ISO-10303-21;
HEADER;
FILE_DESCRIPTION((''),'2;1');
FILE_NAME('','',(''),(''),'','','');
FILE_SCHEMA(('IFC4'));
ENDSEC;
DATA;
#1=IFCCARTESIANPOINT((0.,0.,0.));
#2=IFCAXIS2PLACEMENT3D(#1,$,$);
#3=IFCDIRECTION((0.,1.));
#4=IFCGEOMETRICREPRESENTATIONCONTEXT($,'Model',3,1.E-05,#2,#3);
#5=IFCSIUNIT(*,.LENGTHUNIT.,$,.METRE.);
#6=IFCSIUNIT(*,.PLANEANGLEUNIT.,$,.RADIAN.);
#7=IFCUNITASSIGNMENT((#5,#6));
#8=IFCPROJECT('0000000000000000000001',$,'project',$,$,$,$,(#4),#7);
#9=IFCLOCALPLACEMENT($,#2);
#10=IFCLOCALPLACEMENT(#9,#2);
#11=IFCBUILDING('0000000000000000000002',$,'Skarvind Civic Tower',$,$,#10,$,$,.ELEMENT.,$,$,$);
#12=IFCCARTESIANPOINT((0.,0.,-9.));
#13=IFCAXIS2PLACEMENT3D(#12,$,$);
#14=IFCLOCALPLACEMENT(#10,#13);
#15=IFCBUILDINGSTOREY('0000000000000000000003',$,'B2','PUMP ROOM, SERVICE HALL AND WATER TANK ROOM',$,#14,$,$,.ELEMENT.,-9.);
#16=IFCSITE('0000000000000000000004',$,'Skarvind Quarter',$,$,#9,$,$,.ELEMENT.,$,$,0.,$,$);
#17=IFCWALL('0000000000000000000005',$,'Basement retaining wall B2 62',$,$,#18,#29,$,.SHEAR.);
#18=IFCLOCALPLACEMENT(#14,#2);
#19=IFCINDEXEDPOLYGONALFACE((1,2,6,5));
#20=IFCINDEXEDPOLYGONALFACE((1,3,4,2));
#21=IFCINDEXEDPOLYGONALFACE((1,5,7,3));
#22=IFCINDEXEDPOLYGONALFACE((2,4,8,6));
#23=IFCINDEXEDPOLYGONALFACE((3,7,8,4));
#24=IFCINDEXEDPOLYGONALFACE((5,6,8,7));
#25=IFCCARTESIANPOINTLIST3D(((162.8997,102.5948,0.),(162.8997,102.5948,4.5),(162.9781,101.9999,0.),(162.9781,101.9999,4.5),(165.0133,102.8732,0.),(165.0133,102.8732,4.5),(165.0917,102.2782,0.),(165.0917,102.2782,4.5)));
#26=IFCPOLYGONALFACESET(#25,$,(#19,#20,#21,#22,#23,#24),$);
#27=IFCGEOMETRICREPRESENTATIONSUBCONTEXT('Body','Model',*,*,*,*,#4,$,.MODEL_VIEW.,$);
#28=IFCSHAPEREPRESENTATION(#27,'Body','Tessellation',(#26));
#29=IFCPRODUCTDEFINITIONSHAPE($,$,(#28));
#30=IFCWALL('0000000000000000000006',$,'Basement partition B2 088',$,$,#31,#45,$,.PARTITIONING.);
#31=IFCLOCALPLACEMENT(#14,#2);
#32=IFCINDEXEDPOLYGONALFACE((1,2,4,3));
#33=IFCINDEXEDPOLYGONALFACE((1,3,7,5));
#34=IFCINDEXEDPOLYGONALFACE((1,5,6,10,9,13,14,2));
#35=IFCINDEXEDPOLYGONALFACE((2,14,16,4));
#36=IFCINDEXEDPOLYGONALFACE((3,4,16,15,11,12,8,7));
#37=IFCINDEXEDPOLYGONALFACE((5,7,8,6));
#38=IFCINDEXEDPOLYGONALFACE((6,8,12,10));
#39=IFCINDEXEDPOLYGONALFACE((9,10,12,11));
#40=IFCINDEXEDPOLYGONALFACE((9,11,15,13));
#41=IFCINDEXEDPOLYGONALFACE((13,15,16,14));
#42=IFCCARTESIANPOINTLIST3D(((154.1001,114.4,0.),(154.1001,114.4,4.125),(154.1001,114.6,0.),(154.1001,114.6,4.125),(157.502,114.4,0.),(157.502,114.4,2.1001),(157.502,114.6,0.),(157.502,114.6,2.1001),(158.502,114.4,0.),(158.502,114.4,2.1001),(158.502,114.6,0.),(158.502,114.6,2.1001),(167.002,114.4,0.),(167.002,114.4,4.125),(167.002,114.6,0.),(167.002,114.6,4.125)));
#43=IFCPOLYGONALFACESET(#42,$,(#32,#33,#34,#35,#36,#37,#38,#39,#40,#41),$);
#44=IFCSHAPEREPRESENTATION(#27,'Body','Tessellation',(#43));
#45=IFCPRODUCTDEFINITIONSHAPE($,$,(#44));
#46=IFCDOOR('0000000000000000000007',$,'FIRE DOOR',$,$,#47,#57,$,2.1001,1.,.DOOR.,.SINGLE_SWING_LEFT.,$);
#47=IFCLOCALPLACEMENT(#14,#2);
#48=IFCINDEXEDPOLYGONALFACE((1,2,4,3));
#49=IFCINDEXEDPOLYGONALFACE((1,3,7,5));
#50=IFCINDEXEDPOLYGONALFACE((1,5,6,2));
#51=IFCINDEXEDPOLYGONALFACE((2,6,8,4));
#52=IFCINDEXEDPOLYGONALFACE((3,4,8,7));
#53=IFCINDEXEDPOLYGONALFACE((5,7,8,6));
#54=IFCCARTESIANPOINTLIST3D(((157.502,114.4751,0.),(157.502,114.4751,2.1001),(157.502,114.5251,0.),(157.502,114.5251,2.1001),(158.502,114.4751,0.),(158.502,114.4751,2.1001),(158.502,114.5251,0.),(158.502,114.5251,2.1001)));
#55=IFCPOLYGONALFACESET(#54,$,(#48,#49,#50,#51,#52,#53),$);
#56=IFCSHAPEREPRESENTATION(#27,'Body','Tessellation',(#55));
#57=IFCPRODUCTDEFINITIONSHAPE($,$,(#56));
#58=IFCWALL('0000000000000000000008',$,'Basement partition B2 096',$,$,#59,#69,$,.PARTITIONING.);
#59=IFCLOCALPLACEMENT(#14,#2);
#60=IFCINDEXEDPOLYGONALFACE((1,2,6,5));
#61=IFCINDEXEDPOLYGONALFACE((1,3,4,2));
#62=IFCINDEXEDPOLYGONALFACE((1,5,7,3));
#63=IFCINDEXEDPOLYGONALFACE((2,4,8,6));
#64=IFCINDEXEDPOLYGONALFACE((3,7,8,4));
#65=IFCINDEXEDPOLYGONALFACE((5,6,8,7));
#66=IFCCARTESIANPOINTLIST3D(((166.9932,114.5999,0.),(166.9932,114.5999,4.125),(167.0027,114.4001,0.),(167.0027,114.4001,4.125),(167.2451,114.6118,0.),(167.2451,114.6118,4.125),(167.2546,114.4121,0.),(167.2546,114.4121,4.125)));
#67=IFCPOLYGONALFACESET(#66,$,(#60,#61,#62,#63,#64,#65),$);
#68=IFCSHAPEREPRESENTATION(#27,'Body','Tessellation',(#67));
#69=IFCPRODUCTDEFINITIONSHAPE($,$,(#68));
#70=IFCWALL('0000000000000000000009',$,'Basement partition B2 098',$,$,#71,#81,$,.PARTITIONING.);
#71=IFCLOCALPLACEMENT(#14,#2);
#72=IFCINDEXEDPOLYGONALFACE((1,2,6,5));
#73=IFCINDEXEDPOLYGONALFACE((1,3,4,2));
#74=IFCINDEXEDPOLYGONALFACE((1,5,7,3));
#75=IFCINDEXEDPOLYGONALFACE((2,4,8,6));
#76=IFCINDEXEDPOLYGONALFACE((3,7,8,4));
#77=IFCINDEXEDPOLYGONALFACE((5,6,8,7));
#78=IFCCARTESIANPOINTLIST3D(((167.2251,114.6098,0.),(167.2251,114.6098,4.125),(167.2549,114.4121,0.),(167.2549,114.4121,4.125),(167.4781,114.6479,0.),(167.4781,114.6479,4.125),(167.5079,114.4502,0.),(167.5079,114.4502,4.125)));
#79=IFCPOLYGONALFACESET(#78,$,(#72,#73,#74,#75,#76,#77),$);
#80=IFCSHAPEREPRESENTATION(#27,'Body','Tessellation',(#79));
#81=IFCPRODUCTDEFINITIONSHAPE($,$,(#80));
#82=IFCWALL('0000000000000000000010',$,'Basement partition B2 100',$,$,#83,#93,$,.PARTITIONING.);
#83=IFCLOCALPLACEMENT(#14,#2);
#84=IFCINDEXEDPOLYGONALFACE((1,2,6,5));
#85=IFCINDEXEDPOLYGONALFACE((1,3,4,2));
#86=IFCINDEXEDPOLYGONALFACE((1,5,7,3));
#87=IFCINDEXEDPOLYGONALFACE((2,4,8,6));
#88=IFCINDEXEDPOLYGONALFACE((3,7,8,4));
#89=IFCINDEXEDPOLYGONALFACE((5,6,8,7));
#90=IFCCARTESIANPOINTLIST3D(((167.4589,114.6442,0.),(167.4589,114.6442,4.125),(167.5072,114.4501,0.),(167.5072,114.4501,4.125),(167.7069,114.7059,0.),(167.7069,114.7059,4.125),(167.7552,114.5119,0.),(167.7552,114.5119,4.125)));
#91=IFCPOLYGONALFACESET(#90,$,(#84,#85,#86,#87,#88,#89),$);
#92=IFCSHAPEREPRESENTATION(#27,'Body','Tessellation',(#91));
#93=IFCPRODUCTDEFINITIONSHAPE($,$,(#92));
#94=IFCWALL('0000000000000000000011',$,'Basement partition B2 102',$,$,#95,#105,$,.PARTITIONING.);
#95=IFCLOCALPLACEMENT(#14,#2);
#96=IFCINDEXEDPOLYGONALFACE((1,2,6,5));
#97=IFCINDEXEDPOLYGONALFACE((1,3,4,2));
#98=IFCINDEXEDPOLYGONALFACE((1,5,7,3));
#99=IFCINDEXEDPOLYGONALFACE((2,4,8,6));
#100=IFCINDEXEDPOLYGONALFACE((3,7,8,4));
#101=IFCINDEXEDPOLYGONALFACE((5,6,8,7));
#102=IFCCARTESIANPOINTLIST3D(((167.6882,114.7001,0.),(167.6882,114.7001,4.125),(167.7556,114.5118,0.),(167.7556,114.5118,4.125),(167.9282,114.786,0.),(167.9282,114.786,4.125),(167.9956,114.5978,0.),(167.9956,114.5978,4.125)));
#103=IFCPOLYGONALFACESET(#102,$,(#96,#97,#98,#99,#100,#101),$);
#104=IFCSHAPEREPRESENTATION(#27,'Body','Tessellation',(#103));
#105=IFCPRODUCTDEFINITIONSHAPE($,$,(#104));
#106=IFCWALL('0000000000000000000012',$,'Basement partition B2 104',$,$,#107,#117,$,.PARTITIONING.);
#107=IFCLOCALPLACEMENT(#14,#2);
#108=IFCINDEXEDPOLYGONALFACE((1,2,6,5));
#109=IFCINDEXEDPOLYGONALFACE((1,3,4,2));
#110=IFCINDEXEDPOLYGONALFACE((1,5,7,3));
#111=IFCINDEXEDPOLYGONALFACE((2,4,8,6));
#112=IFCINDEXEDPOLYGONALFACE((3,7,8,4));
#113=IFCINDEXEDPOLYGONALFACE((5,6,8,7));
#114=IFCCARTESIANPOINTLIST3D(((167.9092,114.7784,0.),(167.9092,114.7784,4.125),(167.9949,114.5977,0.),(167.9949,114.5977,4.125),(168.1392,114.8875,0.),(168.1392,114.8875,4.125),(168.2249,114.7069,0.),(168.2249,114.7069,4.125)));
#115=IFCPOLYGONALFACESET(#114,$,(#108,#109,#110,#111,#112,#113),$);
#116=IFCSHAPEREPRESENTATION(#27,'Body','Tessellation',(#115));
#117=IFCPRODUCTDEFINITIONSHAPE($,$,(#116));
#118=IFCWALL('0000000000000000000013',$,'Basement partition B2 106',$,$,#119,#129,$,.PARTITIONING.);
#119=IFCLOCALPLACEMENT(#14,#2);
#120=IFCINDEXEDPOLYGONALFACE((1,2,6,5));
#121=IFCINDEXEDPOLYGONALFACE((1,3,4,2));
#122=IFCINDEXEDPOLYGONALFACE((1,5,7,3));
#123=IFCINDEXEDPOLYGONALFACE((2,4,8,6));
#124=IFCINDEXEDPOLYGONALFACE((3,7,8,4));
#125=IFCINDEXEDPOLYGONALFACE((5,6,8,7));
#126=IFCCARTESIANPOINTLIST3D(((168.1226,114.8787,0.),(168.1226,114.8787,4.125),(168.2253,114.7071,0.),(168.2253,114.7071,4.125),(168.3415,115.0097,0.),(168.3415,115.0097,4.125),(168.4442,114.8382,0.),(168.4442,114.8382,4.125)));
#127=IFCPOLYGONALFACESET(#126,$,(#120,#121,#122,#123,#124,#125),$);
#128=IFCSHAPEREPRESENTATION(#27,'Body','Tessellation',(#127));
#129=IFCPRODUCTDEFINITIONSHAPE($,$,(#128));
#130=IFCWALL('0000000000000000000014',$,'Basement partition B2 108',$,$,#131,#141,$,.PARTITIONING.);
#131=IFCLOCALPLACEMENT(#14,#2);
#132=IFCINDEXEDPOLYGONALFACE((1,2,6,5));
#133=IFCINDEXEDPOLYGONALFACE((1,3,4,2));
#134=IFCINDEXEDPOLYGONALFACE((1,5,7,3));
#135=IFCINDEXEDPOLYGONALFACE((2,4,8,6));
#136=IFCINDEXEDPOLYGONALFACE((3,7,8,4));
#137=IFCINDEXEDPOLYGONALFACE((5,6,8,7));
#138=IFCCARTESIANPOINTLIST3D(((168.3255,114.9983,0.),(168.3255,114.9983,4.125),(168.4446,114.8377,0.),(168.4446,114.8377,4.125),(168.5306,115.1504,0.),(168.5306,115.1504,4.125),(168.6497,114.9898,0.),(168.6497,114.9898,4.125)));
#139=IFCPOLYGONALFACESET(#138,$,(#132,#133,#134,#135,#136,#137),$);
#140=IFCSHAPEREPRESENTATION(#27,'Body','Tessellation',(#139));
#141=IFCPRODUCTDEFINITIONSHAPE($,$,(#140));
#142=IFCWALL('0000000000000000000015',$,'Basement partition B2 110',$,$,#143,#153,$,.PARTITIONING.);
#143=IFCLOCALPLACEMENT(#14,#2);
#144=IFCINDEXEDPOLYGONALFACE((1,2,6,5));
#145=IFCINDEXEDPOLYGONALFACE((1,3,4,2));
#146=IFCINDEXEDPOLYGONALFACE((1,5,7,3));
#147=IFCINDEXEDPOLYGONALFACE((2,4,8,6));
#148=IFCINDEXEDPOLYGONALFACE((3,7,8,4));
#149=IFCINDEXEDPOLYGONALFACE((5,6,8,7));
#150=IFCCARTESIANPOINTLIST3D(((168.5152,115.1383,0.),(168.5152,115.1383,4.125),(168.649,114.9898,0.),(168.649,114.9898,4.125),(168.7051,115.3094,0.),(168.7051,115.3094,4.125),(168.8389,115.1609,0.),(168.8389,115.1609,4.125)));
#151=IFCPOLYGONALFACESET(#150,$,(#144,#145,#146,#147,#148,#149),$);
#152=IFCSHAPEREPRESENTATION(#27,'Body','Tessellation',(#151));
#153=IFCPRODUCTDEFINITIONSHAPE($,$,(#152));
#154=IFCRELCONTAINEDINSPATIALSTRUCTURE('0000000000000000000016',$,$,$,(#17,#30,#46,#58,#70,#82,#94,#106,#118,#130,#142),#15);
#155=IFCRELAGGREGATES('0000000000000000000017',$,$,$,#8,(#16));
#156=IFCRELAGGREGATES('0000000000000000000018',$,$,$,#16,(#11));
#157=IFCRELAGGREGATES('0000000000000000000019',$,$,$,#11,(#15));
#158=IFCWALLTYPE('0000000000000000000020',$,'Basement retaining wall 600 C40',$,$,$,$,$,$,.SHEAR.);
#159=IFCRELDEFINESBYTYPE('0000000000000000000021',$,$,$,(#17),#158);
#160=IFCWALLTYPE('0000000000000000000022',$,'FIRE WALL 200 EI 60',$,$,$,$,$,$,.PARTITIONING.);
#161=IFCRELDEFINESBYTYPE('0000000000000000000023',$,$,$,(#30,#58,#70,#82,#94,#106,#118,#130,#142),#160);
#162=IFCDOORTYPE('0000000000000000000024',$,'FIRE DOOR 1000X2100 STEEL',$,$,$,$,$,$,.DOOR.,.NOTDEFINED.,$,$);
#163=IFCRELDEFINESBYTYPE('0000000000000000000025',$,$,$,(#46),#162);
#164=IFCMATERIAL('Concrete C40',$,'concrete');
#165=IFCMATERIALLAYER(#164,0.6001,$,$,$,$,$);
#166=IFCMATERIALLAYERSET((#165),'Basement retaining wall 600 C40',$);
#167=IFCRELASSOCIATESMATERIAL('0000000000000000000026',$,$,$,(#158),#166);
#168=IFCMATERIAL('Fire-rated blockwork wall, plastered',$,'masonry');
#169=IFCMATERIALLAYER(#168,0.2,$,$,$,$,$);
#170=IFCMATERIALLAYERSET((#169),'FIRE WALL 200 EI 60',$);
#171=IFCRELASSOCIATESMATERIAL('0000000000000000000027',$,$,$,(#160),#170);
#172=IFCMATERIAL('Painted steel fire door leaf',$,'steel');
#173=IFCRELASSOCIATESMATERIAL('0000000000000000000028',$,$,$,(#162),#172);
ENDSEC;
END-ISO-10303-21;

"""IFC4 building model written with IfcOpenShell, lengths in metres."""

from ifc_helpers import new_model, si_unit, direction, frame, frame_2d, origin, place, context, subcontext, project, spatial, rectangle, extrude, material, layer, layer_set, type_object, element, fill, save


model = new_model("IFC4")

# Units and contexts
model_context = context("Model", 3, precision=1e-05, world=origin(), true_north=direction((0.0, 1.0)))
body_context = subcontext(model_context, "Body", "Model", "MODEL_VIEW")
ifc_project = project(units=[si_unit("LENGTHUNIT", "METRE"), si_unit("PLANEANGLEUNIT", "RADIAN")], contexts=[model_context])

# Site, building, storey
site_placement = place(None, origin())
site = spatial("IfcSite", under=ifc_project, at=site_placement, Name="Skarvind Quarter", CompositionType="ELEMENT", RefElevation=0.0)
building_placement = place(site_placement, origin())
building = spatial("IfcBuilding", under=site, at=building_placement, Name="Skarvind Civic Tower", CompositionType="ELEMENT")
storey_placement = place(building_placement, frame((0.0, 0.0, -9.0)))
storey = spatial("IfcBuildingStorey", under=building, at=storey_placement, Name="B2", Description="PUMP ROOM, SERVICE HALL AND WATER TANK ROOM", CompositionType="ELEMENT", Elevation=-9.0)

# Shared definitions
ifc_material_1 = material(Name="Concrete C40", Category="concrete")

# Wall
ifc_layer_1 = layer(ifc_material_1, 0.6001)
ifc_layer_set_1 = layer_set([ifc_layer_1], Name="Basement retaining wall 600 C40")
wall_type_1 = type_object("IfcWallType", Name="Basement retaining wall 600 C40", PredefinedType="SHEAR", material=ifc_layer_set_1)
wall_1_placement = place(storey_placement, frame((165.0525, 102.5757, 0.0), z_axis=(0.0, 0.0, 1.0), x_axis=(-0.991441, -0.130558, 0.0)))
element("IfcWall", 1, at=wall_1_placement, inside=storey, type_object=wall_type_1, Name="Basement retaining wall B2 62", PredefinedType="SHEAR", context=body_context, shape_type="SweptSolid", body=[
    extrude(rectangle(XDim=2.1318, YDim=0.6001, at=frame_2d((1.0659, 0.0))), origin(), (0.0, 0.0, 1.0), 4.5),
])

# Wall, opening, door
ifc_material_2 = material(Name="Fire-rated blockwork wall, plastered", Category="masonry")
ifc_layer_2 = layer(ifc_material_2, 0.2)
ifc_layer_set_2 = layer_set([ifc_layer_2], Name="FIRE WALL 200 EI 60")
wall_type_2 = type_object("IfcWallType", Name="FIRE WALL 200 EI 60", PredefinedType="PARTITIONING", material=ifc_layer_set_2)
wall_2_placement = place(storey_placement, frame((167.002, 114.5, 0.0), z_axis=(0.0, 0.0, 1.0), x_axis=(-1.0, 0.0, 0.0)))
wall_2 = element("IfcWall", 2, at=wall_2_placement, inside=storey, type_object=wall_type_2, Name="Basement partition B2 088", PredefinedType="PARTITIONING", context=body_context, shape_type="SweptSolid", body=[
    extrude(rectangle(XDim=12.9019, YDim=0.2, at=frame_2d((6.4509, 0.0))), origin(), (0.0, 0.0, 1.0), 4.125),
])
opening_placement = place(wall_2_placement, frame((8.5, 0.0, 0.0)))
opening = element("IfcOpeningElement", 3, at=opening_placement, cuts=wall_2, PredefinedType="OPENING", context=body_context, shape_type="SweptSolid", body=[
    extrude(rectangle(XDim=1.0, YDim=2.1001, at=frame_2d((0.5, 1.05))), frame((0.0, 0.1099, 0.0), z_axis=(0.0, -1.0, 0.0), x_axis=(1.0, 0.0, 0.0)), (0.0, 0.0, 1.0), 0.22),
])
ifc_material_3 = material(Name="Painted steel fire door leaf", Category="steel")
door_type = type_object("IfcDoorType", Name="FIRE DOOR 1000X2100 STEEL", OperationType="NOTDEFINED", PredefinedType="DOOR", material=ifc_material_3)
door_placement = place(opening_placement, origin())
door = element("IfcDoor", 4, at=door_placement, inside=storey, type_object=door_type, Name="FIRE DOOR", OperationType="SINGLE_SWING_LEFT", OverallHeight=2.1001, OverallWidth=1.0, PredefinedType="DOOR", context=body_context, shape_type="SweptSolid", body=[
    extrude(rectangle(XDim=1.0, YDim=2.1001, at=frame_2d((0.5, 1.05))), frame((0.0, 0.0249, 0.0), z_axis=(0.0, -1.0, 0.0), x_axis=(1.0, 0.0, 0.0)), (0.0, 0.0, 1.0), 0.05),
])
fill(opening, door)

# Walls
wall_3_placement = place(storey_placement, frame((166.998, 114.5, 0.0), z_axis=(0.0, 0.0, 1.0), x_axis=(0.998875, 0.047427, 0.0)))
element("IfcWall", 5, at=wall_3_placement, inside=storey, type_object=wall_type_2, Name="Basement partition B2 096", PredefinedType="PARTITIONING", context=body_context, shape_type="SweptSolid", body=[
    extrude(rectangle(XDim=0.2522, YDim=0.2, at=frame_2d((0.126, 0.0))), origin(), (0.0, 0.0, 1.0), 4.125),
])
wall_4_placement = place(storey_placement, frame((167.24, 114.511, 0.0), z_axis=(0.0, 0.0, 1.0), x_axis=(0.988852, 0.148901, 0.0)))
element("IfcWall", 6, at=wall_4_placement, inside=storey, type_object=wall_type_2, Name="Basement partition B2 098", PredefinedType="PARTITIONING", context=body_context, shape_type="SweptSolid", body=[
    extrude(rectangle(XDim=0.2559, YDim=0.2, at=frame_2d((0.1279, 0.0))), origin(), (0.0, 0.0, 1.0), 4.125),
])
wall_5_placement = place(storey_placement, frame((167.4829, 114.5471, 0.0), z_axis=(0.0, 0.0, 1.0), x_axis=(0.970367, 0.241637, 0.0)))
element("IfcWall", 7, at=wall_5_placement, inside=storey, type_object=wall_type_2, Name="Basement partition B2 100", PredefinedType="PARTITIONING", context=body_context, shape_type="SweptSolid", body=[
    extrude(rectangle(XDim=0.2556, YDim=0.2, at=frame_2d((0.1279, 0.0))), origin(), (0.0, 0.0, 1.0), 4.125),
])
wall_6_placement = place(storey_placement, frame((167.7219, 114.606, 0.0), z_axis=(0.0, 0.0, 1.0), x_axis=(0.94146, 0.337125, 0.0)))
element("IfcWall", 8, at=wall_6_placement, inside=storey, type_object=wall_type_2, Name="Basement partition B2 102", PredefinedType="PARTITIONING", context=body_context, shape_type="SweptSolid", body=[
    extrude(rectangle(XDim=0.2549, YDim=0.2, at=frame_2d((0.1274, 0.0))), origin(), (0.0, 0.0, 1.0), 4.125),
])
wall_7_placement = place(storey_placement, frame((167.9519, 114.688, 0.0), z_axis=(0.0, 0.0, 1.0), x_axis=(0.903445, 0.428705, 0.0)))
element("IfcWall", 9, at=wall_7_placement, inside=storey, type_object=wall_type_2, Name="Basement partition B2 104", PredefinedType="PARTITIONING", context=body_context, shape_type="SweptSolid", body=[
    extrude(rectangle(XDim=0.2546, YDim=0.2, at=frame_2d((0.1274, 0.0))), origin(), (0.0, 0.0, 1.0), 4.125),
])
wall_8_placement = place(storey_placement, frame((168.1741, 114.793, 0.0), z_axis=(0.0, 0.0, 1.0), x_axis=(0.857999, 0.513652, 0.0)))
element("IfcWall", 10, at=wall_8_placement, inside=storey, type_object=wall_type_2, Name="Basement partition B2 106", PredefinedType="PARTITIONING", context=body_context, shape_type="SweptSolid", body=[
    extrude(rectangle(XDim=0.2551, YDim=0.2, at=frame_2d((0.1274, 0.0))), origin(), (0.0, 0.0, 1.0), 4.125),
])
wall_9_placement = place(storey_placement, frame((168.385, 114.918, 0.0), z_axis=(0.0, 0.0, 1.0), x_axis=(0.803201, 0.595708, 0.0)))
element("IfcWall", 11, at=wall_9_placement, inside=storey, type_object=wall_type_2, Name="Basement partition B2 108", PredefinedType="PARTITIONING", context=body_context, shape_type="SweptSolid", body=[
    extrude(rectangle(XDim=0.2554, YDim=0.2, at=frame_2d((0.1277, 0.0))), origin(), (0.0, 0.0, 1.0), 4.125),
])
wall_10_placement = place(storey_placement, frame((168.582, 115.064, 0.0), z_axis=(0.0, 0.0, 1.0), x_axis=(0.742914, 0.669387, 0.0)))
element("IfcWall", 12, at=wall_10_placement, inside=storey, type_object=wall_type_2, Name="Basement partition B2 110", PredefinedType="PARTITIONING", context=body_context, shape_type="SweptSolid", body=[
    extrude(rectangle(XDim=0.2556, YDim=0.2, at=frame_2d((0.1279, 0.0))), origin(), (0.0, 0.0, 1.0), 4.125),
])

save(model, "model.ifc")
